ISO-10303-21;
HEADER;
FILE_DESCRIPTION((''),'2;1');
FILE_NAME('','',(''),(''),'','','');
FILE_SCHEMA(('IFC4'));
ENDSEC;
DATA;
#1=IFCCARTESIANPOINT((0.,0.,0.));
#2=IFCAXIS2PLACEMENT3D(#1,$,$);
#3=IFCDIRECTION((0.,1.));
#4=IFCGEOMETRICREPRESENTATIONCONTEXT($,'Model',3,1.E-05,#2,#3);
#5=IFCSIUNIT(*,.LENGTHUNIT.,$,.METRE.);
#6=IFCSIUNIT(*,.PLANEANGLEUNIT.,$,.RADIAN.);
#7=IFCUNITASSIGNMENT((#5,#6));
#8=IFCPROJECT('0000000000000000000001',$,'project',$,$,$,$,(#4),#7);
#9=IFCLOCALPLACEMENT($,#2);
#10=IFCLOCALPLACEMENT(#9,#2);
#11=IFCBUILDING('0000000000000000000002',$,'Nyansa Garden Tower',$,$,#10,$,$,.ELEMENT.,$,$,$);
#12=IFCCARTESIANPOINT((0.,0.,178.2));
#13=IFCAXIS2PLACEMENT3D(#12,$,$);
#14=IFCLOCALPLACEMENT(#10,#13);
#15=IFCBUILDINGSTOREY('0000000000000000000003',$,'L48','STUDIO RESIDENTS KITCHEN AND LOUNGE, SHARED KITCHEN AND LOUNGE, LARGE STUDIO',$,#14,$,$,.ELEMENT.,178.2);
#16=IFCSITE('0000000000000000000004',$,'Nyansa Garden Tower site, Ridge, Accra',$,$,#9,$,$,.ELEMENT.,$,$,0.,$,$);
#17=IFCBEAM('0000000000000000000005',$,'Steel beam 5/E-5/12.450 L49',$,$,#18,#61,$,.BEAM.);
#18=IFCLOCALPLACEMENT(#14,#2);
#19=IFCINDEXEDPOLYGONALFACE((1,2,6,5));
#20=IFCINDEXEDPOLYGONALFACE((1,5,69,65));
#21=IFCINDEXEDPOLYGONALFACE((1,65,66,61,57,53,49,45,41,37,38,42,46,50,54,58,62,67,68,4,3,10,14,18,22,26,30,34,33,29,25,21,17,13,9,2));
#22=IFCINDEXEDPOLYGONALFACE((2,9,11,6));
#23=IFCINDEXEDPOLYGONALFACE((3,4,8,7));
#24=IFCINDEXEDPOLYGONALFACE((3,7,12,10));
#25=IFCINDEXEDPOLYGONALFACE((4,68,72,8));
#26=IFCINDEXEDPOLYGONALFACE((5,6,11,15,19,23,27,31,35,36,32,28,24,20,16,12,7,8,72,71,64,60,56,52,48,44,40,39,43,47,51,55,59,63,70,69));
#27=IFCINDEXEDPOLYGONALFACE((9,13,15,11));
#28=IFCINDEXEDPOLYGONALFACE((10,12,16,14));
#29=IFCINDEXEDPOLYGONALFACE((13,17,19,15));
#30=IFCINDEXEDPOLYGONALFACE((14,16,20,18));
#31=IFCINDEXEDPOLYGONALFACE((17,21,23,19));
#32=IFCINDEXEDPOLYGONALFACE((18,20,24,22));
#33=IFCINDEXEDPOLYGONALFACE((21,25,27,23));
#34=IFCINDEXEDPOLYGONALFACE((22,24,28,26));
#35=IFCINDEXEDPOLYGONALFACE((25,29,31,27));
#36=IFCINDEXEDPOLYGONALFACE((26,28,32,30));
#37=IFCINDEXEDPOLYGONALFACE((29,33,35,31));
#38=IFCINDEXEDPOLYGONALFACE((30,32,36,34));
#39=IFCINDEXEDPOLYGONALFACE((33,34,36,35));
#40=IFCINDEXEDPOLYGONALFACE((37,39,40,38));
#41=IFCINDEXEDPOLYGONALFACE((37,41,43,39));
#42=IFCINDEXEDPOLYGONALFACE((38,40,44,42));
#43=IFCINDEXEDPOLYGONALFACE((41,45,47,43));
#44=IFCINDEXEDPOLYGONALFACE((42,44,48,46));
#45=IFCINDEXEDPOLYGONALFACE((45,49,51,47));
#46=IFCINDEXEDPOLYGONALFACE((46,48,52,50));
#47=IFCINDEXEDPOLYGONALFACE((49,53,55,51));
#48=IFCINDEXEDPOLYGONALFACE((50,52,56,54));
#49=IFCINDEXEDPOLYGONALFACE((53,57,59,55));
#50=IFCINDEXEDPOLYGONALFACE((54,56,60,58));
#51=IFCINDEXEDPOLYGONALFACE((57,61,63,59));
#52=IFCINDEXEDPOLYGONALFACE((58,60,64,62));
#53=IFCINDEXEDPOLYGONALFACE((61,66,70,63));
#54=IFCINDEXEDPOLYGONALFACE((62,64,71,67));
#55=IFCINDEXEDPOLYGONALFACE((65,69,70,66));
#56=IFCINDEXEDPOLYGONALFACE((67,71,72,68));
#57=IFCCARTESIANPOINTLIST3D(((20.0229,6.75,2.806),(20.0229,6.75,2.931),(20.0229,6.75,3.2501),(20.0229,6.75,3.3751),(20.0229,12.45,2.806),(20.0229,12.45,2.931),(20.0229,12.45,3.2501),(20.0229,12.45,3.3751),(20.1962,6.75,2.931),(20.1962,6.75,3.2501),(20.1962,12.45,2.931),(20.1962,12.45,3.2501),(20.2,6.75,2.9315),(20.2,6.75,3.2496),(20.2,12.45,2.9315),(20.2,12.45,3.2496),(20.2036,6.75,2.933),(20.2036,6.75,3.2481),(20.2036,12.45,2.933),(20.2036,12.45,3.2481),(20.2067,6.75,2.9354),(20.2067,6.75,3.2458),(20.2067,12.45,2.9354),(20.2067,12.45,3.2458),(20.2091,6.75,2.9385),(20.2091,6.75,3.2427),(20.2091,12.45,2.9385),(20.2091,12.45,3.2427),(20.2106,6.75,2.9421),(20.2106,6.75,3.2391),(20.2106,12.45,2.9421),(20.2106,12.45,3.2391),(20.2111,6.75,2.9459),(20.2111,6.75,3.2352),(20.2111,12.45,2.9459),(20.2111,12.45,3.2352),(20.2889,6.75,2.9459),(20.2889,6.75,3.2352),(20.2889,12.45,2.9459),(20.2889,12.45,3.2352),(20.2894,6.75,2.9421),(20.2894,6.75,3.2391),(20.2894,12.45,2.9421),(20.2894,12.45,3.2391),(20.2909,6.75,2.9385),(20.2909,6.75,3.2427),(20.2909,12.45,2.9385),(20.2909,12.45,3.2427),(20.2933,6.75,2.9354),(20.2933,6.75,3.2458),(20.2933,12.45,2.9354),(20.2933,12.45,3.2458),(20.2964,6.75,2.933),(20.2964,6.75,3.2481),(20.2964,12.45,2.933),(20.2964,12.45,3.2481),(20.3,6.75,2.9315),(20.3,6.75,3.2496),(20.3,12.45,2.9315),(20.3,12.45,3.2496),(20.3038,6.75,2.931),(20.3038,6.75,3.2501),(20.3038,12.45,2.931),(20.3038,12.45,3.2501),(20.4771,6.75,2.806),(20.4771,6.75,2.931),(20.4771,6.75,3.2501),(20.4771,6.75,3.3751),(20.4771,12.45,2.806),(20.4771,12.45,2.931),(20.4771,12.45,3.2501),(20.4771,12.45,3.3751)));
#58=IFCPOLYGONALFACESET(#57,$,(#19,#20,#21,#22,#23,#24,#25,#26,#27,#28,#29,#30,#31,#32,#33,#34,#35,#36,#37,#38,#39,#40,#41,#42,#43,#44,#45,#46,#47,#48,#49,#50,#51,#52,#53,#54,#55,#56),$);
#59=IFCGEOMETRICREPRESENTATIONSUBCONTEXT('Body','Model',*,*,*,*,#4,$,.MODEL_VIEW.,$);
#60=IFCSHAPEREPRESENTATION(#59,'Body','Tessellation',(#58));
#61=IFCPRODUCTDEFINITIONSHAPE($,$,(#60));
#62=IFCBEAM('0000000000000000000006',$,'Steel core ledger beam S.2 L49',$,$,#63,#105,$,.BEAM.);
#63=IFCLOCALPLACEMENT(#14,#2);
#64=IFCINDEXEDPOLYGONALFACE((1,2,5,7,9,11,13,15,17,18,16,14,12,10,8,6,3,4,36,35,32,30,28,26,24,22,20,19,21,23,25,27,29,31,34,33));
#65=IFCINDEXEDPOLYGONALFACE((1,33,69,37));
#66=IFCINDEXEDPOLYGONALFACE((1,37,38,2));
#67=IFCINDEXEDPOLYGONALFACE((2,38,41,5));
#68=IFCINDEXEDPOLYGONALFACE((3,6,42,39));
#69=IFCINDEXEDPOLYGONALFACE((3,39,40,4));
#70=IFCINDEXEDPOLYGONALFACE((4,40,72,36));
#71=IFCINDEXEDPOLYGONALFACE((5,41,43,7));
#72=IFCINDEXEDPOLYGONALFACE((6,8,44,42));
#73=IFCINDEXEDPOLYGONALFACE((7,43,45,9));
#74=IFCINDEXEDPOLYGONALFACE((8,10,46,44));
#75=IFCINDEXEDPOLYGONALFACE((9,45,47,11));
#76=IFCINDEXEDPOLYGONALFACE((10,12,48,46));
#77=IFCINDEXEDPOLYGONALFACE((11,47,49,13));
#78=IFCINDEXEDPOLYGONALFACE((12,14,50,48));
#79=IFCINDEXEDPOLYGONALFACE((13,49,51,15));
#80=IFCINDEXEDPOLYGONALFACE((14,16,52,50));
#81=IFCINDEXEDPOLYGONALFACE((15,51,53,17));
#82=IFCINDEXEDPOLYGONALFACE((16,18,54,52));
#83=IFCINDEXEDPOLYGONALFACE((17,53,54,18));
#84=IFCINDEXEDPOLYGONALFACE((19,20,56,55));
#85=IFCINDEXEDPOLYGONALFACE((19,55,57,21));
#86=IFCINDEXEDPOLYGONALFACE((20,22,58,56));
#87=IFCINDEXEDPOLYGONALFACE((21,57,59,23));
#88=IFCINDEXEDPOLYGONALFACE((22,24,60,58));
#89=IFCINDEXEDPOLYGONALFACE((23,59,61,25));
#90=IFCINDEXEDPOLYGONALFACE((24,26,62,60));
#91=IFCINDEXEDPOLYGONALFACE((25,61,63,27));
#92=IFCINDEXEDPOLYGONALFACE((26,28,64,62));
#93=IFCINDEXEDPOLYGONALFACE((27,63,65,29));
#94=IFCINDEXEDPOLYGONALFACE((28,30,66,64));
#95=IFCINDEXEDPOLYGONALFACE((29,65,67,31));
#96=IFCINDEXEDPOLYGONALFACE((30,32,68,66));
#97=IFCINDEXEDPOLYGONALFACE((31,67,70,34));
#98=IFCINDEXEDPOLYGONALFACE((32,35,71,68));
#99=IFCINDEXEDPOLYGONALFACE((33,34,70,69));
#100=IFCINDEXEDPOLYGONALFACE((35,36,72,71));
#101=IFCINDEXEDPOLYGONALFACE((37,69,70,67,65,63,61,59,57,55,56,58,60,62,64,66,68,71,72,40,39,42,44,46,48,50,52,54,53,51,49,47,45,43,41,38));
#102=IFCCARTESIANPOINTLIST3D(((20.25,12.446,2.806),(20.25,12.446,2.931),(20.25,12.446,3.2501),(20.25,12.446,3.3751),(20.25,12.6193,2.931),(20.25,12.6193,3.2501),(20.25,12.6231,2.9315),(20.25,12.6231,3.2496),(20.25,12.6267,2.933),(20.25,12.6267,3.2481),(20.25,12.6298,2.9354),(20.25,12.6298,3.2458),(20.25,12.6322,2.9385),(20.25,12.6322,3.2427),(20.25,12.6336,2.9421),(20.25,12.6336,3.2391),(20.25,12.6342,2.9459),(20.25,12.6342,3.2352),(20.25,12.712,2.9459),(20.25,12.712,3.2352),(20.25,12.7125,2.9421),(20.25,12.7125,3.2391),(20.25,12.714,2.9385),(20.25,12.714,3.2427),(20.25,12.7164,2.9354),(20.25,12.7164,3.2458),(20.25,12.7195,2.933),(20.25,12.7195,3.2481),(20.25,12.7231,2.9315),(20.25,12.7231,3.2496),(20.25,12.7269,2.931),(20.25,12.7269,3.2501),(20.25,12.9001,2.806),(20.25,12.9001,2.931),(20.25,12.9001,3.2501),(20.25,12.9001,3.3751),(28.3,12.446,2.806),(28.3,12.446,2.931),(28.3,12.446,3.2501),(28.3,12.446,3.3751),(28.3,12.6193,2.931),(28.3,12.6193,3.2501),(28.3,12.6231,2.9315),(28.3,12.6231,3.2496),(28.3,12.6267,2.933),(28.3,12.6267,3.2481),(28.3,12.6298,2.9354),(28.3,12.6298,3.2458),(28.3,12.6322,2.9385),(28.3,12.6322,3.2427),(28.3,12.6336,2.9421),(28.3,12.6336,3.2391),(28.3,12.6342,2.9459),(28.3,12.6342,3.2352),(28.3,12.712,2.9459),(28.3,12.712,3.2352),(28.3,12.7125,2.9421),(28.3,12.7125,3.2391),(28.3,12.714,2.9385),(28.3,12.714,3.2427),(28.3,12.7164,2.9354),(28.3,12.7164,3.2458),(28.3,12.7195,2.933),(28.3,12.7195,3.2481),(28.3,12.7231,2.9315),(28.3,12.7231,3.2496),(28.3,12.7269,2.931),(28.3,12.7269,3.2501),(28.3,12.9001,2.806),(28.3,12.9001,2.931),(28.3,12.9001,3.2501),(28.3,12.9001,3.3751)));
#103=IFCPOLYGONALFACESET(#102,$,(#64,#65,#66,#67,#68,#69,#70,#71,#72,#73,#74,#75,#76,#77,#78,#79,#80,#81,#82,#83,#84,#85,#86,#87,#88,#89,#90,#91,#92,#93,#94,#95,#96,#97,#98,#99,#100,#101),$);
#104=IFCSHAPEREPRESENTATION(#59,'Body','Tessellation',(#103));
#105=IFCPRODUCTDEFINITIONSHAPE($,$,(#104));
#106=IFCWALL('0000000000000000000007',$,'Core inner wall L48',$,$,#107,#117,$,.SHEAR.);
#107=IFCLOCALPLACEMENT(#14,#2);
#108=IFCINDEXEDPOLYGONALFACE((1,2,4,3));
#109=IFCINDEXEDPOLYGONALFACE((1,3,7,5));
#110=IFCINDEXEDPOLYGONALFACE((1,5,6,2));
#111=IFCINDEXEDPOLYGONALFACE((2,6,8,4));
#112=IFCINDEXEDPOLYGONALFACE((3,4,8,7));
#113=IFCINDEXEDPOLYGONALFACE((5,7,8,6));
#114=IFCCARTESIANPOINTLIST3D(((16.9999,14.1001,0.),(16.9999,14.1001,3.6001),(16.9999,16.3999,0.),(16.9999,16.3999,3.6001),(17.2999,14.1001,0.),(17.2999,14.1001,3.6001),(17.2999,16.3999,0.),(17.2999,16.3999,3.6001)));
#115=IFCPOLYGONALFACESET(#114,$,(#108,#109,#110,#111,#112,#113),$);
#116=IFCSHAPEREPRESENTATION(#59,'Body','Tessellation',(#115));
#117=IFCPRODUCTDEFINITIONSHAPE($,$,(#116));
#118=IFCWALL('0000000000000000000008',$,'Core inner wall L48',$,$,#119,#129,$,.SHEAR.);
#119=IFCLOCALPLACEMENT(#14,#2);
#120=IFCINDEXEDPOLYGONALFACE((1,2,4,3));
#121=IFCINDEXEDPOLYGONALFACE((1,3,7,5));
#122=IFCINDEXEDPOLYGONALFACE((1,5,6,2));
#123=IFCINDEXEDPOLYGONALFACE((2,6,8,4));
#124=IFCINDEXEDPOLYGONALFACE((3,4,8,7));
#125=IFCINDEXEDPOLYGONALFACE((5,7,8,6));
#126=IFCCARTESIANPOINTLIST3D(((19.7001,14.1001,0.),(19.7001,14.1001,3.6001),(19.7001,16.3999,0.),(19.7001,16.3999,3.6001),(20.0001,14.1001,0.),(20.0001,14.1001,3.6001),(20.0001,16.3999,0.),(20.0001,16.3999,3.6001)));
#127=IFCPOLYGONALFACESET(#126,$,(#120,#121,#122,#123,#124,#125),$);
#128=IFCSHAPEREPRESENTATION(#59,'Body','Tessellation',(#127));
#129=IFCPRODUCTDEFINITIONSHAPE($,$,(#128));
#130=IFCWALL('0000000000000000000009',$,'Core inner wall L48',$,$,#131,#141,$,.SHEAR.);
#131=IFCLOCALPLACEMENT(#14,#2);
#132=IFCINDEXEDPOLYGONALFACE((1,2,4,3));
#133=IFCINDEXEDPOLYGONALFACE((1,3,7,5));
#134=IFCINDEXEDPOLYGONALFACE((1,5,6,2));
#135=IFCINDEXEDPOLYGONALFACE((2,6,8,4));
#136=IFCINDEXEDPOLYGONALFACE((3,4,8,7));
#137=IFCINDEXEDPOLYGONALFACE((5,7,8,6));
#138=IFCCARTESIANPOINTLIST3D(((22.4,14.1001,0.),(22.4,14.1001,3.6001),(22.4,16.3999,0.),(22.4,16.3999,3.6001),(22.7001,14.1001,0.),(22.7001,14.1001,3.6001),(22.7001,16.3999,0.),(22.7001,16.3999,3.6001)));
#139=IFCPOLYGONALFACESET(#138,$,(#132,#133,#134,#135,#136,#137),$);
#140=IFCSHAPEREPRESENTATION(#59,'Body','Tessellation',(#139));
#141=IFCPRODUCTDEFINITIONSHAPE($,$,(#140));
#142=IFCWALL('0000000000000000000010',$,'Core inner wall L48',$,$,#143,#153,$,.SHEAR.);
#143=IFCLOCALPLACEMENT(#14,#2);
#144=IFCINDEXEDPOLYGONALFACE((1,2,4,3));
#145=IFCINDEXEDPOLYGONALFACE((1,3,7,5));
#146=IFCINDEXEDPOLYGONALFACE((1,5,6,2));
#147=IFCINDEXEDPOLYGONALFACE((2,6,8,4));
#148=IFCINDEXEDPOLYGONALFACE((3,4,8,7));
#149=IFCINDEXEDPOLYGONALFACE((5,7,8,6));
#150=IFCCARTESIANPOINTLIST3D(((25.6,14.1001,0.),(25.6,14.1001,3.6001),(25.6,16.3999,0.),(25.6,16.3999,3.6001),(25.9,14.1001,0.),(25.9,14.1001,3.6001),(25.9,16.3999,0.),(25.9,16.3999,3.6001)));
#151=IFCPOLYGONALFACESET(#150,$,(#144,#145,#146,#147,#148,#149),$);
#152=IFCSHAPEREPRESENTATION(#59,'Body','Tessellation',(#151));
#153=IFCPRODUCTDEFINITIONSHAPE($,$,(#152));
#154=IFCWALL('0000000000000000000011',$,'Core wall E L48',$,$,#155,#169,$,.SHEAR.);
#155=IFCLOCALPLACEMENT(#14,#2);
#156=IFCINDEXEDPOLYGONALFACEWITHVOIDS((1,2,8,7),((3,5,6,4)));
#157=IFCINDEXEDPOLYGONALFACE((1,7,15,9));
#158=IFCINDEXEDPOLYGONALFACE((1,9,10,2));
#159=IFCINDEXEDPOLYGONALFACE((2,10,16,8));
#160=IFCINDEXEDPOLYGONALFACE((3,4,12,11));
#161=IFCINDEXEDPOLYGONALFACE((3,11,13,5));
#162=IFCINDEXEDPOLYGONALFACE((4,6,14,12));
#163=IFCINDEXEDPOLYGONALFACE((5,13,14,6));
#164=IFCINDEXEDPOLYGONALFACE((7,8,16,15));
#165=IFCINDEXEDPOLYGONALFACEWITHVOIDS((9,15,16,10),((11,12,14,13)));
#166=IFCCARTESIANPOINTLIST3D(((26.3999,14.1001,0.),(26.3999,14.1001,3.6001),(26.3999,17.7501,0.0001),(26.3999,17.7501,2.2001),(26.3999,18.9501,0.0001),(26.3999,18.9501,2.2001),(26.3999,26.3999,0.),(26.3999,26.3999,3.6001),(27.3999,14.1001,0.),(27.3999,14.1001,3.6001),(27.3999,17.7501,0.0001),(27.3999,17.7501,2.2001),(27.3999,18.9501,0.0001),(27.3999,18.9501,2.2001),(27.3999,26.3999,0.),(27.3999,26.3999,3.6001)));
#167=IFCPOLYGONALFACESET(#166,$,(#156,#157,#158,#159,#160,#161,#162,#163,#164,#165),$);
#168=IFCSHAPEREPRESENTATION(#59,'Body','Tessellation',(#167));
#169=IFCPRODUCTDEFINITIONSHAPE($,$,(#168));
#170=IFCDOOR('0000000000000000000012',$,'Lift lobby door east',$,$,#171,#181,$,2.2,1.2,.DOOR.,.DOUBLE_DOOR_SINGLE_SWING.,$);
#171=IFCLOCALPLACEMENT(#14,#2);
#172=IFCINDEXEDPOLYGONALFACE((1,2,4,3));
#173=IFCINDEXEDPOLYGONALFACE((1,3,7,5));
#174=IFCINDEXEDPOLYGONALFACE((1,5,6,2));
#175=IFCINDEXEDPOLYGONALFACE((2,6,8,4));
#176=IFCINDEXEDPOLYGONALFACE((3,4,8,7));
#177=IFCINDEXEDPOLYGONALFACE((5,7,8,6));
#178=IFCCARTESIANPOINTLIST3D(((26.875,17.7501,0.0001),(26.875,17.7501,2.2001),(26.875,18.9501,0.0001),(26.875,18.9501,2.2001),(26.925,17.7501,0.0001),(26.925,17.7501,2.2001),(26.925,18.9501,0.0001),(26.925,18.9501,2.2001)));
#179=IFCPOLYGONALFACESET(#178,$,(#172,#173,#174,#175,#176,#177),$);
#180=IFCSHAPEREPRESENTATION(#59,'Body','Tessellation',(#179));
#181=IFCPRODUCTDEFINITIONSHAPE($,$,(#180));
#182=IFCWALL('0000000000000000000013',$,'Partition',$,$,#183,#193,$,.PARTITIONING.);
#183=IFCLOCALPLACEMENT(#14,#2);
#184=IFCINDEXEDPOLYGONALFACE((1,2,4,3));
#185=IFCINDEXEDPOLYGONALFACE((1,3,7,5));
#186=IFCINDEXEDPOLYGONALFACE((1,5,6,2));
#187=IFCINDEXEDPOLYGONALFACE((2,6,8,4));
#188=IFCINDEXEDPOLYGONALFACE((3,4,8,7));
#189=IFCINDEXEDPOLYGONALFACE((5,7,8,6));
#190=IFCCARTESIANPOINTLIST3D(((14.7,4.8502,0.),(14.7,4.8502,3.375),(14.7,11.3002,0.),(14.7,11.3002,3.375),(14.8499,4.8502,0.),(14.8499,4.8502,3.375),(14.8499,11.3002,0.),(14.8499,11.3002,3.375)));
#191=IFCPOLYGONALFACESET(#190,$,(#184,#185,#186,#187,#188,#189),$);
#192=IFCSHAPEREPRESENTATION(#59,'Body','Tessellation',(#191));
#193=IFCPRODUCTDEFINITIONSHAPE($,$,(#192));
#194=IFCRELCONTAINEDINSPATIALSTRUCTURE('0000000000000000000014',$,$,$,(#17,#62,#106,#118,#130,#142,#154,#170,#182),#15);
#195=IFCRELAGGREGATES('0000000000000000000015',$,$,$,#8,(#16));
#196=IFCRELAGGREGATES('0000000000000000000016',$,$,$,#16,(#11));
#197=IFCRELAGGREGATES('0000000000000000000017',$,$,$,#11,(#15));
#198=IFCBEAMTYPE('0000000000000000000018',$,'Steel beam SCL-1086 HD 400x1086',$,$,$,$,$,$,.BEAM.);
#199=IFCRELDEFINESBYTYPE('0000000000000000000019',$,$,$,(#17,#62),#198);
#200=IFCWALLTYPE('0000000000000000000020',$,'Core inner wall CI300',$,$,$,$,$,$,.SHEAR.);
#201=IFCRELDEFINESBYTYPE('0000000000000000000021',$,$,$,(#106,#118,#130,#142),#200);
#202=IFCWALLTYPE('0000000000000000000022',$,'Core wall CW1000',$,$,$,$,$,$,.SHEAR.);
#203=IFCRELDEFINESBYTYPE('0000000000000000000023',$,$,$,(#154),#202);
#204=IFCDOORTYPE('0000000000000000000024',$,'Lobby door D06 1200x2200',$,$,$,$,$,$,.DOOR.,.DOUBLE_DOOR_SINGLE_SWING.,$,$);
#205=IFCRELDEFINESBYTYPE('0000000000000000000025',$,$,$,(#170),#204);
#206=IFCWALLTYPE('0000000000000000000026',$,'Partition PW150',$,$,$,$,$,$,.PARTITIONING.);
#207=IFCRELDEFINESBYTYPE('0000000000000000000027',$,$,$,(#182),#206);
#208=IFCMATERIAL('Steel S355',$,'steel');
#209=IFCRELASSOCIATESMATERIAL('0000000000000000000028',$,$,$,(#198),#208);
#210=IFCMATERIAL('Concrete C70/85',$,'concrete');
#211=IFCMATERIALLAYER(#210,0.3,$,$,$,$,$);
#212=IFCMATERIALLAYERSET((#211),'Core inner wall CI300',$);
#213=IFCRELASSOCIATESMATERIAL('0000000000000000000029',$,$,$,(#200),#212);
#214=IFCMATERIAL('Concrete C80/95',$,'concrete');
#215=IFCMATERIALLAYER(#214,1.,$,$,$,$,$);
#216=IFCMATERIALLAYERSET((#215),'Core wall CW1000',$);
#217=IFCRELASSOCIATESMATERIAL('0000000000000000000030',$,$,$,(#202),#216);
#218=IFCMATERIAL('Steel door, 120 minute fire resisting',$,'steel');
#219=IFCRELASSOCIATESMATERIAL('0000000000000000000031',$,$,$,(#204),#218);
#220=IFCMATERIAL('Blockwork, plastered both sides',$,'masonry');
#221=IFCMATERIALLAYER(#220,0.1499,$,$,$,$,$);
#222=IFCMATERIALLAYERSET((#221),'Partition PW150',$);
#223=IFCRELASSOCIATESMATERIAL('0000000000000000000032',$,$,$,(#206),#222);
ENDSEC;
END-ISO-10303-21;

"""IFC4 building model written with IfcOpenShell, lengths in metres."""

from ifc_helpers import new_model, si_unit, direction, frame, frame_2d, origin, origin_2d, place, context, subcontext, project, spatial, rectangle, i_section, extrude, material, layer, layer_set, material_profile, profile_set, type_object, element, fill, save


model = new_model("IFC4")

# Units and contexts
model_context = context("Model", 3, precision=1e-05, world=origin(), true_north=direction((0.0, 1.0)))
body_context = subcontext(model_context, "Body", "Model", "MODEL_VIEW")
ifc_project = project(units=[si_unit("LENGTHUNIT", "METRE"), si_unit("PLANEANGLEUNIT", "RADIAN")], contexts=[model_context])

# Site, building, storey
site_placement = place(None, origin())
site = spatial("IfcSite", under=ifc_project, at=site_placement, Name="Nyansa Garden Tower site, Ridge, Accra", CompositionType="ELEMENT", RefElevation=0.0)
building_placement = place(site_placement, origin())
building = spatial("IfcBuilding", under=site, at=building_placement, Name="Nyansa Garden Tower", CompositionType="ELEMENT")
storey_placement = place(building_placement, frame((0.0, 0.0, 178.2)))
storey = spatial("IfcBuildingStorey", under=building, at=storey_placement, Name="L48", Description="STUDIO RESIDENTS KITCHEN AND LOUNGE, SHARED KITCHEN AND LOUNGE, LARGE STUDIO", CompositionType="ELEMENT", Elevation=178.2)

# Beams
ifc_material_1 = material(Name="Steel S355", Category="steel")
ifc_material_profile_1 = material_profile(ifc_material_1, i_section(OverallWidth=0.4541, OverallDepth=0.5691, WebThickness=0.0779, FlangeThickness=0.125, FilletRadius=0.0149, at=origin_2d()), Name="HD 400x1086")
ifc_profile_set_1 = profile_set([ifc_material_profile_1], Name="Steel S355")
beam_type_1 = type_object("IfcBeamType", Name="Steel beam SCL-1086 HD 400x1086", PredefinedType="BEAM", material=ifc_profile_set_1)
beam_1_placement = place(storey_placement, frame((20.25, 6.75, 3.0906), z_axis=(0.0, 1.0, 0.0), x_axis=(-1.0, 0.0, 0.0)))
element("IfcBeam", 1, at=beam_1_placement, inside=storey, type_object=beam_type_1, Name="Steel beam 5/E-5/12.450 L49", PredefinedType="BEAM", context=body_context, shape_type="SweptSolid", body=[
    extrude(i_section(OverallWidth=0.4541, OverallDepth=0.5691, WebThickness=0.0779, FlangeThickness=0.125, FilletRadius=0.0149, at=origin_2d()), origin(), (0.0, 0.0, 1.0), 5.7),
])
beam_2_placement = place(storey_placement, frame((20.25, 12.6731, 3.0906), z_axis=(1.0, 0.0, 0.0), x_axis=(0.0, 1.0, 0.0)))
element("IfcBeam", 2, at=beam_2_placement, inside=storey, type_object=beam_type_1, Name="Steel core ledger beam S.2 L49", PredefinedType="BEAM", context=body_context, shape_type="SweptSolid", body=[
    extrude(i_section(OverallWidth=0.4541, OverallDepth=0.5691, WebThickness=0.0779, FlangeThickness=0.125, FilletRadius=0.0149, at=origin_2d()), origin(), (0.0, 0.0, 1.0), 8.05),
])

# Walls
ifc_material_2 = material(Name="Concrete C70/85", Category="concrete")
ifc_layer_1 = layer(ifc_material_2, 0.3)
ifc_layer_set_1 = layer_set([ifc_layer_1], Name="Core inner wall CI300")
wall_type_1 = type_object("IfcWallType", Name="Core inner wall CI300", PredefinedType="SHEAR", material=ifc_layer_set_1)
for number, where, z_axis, x_axis, name in (
    (3, (17.1499, 14.1001, 0.0), (0.0, 0.0, 1.0), (0.0, 1.0, 0.0), "Core inner wall L48"),
    (4, (19.8501, 14.1001, 0.0), (0.0, 0.0, 1.0), (0.0, 1.0, 0.0), "Core inner wall L48"),
    (5, (22.55, 14.1001, 0.0), (0.0, 0.0, 1.0), (0.0, 1.0, 0.0), "Core inner wall L48"),
    (6, (25.75, 14.1001, 0.0), (0.0, 0.0, 1.0), (0.0, 1.0, 0.0), "Core inner wall L48"),
):
    element("IfcWall", number, at=place(storey_placement, frame(where, z_axis=z_axis, x_axis=x_axis)), inside=storey, type_object=wall_type_1, Name=name, PredefinedType="SHEAR", context=body_context, shape_type="SweptSolid", body=[
        extrude(rectangle(XDim=2.2998, YDim=0.3, at=frame_2d((1.1499, 0.0))), origin(), (0.0, 0.0, 1.0), 3.6001),
    ])

# Wall, opening, door
ifc_material_3 = material(Name="Concrete C80/95", Category="concrete")
ifc_layer_2 = layer(ifc_material_3, 1.0)
ifc_layer_set_2 = layer_set([ifc_layer_2], Name="Core wall CW1000")
wall_type_2 = type_object("IfcWallType", Name="Core wall CW1000", PredefinedType="SHEAR", material=ifc_layer_set_2)
wall_1_placement = place(storey_placement, frame((26.8999, 14.1001, 0.0), z_axis=(0.0, 0.0, 1.0), x_axis=(0.0, 1.0, 0.0)))
wall_1 = element("IfcWall", 7, at=wall_1_placement, inside=storey, type_object=wall_type_2, Name="Core wall E L48", PredefinedType="SHEAR", context=body_context, shape_type="SweptSolid", body=[
    extrude(rectangle(XDim=12.2998, YDim=1.0, at=frame_2d((6.1499, 0.0))), origin(), (0.0, 0.0, 1.0), 3.6001),
])
opening_1_placement = place(wall_1_placement, frame((3.6499, 0.0, 0.0)))
opening_1 = element("IfcOpeningElement", 8, at=opening_1_placement, cuts=wall_1, PredefinedType="OPENING", context=body_context, shape_type="SweptSolid", body=[
    extrude(rectangle(XDim=1.2, YDim=2.2, at=frame_2d((0.6001, 1.1001))), frame((0.0, 0.51, 0.0), z_axis=(0.0, -1.0, 0.0), x_axis=(1.0, 0.0, 0.0)), (0.0, 0.0, 1.0), 1.02),
])
ifc_material_4 = material(Name="Steel door, 120 minute fire resisting", Category="steel")
door_type_1 = type_object("IfcDoorType", Name="Lobby door D06 1200x2200", OperationType="DOUBLE_DOOR_SINGLE_SWING", PredefinedType="DOOR", material=ifc_material_4)
door_1_placement = place(opening_1_placement, origin())
door_1 = element("IfcDoor", 9, at=door_1_placement, inside=storey, type_object=door_type_1, Name="Lift lobby door east", OperationType="DOUBLE_DOOR_SINGLE_SWING", OverallHeight=2.2, OverallWidth=1.2, PredefinedType="DOOR", context=body_context, shape_type="SweptSolid", body=[
    extrude(rectangle(XDim=1.2, YDim=2.2, at=frame_2d((0.6001, 1.1001))), frame((0.0, 0.0249, 0.0), z_axis=(0.0, -1.0, 0.0), x_axis=(1.0, 0.0, 0.0)), (0.0, 0.0, 1.0), 0.05),
])
fill(opening_1, door_1)

# Wall
ifc_material_5 = material(Name="Blockwork, plastered both sides", Category="masonry")
ifc_layer_3 = layer(ifc_material_5, 0.1499)
ifc_layer_set_3 = layer_set([ifc_layer_3], Name="Partition PW150")
wall_type_3 = type_object("IfcWallType", Name="Partition PW150", PredefinedType="PARTITIONING", material=ifc_layer_set_3)
wall_2_placement = place(storey_placement, frame((14.7749, 4.8501, 0.0), z_axis=(0.0, 0.0, 1.0), x_axis=(0.0, 1.0, 0.0)))
element("IfcWall", 10, at=wall_2_placement, inside=storey, type_object=wall_type_3, Name="Partition", PredefinedType="PARTITIONING", context=body_context, shape_type="SweptSolid", body=[
    extrude(rectangle(XDim=6.45, YDim=0.1499, at=frame_2d((3.2251, 0.0))), origin(), (0.0, 0.0, 1.0), 3.375),
])

save(model, "model.ifc")
